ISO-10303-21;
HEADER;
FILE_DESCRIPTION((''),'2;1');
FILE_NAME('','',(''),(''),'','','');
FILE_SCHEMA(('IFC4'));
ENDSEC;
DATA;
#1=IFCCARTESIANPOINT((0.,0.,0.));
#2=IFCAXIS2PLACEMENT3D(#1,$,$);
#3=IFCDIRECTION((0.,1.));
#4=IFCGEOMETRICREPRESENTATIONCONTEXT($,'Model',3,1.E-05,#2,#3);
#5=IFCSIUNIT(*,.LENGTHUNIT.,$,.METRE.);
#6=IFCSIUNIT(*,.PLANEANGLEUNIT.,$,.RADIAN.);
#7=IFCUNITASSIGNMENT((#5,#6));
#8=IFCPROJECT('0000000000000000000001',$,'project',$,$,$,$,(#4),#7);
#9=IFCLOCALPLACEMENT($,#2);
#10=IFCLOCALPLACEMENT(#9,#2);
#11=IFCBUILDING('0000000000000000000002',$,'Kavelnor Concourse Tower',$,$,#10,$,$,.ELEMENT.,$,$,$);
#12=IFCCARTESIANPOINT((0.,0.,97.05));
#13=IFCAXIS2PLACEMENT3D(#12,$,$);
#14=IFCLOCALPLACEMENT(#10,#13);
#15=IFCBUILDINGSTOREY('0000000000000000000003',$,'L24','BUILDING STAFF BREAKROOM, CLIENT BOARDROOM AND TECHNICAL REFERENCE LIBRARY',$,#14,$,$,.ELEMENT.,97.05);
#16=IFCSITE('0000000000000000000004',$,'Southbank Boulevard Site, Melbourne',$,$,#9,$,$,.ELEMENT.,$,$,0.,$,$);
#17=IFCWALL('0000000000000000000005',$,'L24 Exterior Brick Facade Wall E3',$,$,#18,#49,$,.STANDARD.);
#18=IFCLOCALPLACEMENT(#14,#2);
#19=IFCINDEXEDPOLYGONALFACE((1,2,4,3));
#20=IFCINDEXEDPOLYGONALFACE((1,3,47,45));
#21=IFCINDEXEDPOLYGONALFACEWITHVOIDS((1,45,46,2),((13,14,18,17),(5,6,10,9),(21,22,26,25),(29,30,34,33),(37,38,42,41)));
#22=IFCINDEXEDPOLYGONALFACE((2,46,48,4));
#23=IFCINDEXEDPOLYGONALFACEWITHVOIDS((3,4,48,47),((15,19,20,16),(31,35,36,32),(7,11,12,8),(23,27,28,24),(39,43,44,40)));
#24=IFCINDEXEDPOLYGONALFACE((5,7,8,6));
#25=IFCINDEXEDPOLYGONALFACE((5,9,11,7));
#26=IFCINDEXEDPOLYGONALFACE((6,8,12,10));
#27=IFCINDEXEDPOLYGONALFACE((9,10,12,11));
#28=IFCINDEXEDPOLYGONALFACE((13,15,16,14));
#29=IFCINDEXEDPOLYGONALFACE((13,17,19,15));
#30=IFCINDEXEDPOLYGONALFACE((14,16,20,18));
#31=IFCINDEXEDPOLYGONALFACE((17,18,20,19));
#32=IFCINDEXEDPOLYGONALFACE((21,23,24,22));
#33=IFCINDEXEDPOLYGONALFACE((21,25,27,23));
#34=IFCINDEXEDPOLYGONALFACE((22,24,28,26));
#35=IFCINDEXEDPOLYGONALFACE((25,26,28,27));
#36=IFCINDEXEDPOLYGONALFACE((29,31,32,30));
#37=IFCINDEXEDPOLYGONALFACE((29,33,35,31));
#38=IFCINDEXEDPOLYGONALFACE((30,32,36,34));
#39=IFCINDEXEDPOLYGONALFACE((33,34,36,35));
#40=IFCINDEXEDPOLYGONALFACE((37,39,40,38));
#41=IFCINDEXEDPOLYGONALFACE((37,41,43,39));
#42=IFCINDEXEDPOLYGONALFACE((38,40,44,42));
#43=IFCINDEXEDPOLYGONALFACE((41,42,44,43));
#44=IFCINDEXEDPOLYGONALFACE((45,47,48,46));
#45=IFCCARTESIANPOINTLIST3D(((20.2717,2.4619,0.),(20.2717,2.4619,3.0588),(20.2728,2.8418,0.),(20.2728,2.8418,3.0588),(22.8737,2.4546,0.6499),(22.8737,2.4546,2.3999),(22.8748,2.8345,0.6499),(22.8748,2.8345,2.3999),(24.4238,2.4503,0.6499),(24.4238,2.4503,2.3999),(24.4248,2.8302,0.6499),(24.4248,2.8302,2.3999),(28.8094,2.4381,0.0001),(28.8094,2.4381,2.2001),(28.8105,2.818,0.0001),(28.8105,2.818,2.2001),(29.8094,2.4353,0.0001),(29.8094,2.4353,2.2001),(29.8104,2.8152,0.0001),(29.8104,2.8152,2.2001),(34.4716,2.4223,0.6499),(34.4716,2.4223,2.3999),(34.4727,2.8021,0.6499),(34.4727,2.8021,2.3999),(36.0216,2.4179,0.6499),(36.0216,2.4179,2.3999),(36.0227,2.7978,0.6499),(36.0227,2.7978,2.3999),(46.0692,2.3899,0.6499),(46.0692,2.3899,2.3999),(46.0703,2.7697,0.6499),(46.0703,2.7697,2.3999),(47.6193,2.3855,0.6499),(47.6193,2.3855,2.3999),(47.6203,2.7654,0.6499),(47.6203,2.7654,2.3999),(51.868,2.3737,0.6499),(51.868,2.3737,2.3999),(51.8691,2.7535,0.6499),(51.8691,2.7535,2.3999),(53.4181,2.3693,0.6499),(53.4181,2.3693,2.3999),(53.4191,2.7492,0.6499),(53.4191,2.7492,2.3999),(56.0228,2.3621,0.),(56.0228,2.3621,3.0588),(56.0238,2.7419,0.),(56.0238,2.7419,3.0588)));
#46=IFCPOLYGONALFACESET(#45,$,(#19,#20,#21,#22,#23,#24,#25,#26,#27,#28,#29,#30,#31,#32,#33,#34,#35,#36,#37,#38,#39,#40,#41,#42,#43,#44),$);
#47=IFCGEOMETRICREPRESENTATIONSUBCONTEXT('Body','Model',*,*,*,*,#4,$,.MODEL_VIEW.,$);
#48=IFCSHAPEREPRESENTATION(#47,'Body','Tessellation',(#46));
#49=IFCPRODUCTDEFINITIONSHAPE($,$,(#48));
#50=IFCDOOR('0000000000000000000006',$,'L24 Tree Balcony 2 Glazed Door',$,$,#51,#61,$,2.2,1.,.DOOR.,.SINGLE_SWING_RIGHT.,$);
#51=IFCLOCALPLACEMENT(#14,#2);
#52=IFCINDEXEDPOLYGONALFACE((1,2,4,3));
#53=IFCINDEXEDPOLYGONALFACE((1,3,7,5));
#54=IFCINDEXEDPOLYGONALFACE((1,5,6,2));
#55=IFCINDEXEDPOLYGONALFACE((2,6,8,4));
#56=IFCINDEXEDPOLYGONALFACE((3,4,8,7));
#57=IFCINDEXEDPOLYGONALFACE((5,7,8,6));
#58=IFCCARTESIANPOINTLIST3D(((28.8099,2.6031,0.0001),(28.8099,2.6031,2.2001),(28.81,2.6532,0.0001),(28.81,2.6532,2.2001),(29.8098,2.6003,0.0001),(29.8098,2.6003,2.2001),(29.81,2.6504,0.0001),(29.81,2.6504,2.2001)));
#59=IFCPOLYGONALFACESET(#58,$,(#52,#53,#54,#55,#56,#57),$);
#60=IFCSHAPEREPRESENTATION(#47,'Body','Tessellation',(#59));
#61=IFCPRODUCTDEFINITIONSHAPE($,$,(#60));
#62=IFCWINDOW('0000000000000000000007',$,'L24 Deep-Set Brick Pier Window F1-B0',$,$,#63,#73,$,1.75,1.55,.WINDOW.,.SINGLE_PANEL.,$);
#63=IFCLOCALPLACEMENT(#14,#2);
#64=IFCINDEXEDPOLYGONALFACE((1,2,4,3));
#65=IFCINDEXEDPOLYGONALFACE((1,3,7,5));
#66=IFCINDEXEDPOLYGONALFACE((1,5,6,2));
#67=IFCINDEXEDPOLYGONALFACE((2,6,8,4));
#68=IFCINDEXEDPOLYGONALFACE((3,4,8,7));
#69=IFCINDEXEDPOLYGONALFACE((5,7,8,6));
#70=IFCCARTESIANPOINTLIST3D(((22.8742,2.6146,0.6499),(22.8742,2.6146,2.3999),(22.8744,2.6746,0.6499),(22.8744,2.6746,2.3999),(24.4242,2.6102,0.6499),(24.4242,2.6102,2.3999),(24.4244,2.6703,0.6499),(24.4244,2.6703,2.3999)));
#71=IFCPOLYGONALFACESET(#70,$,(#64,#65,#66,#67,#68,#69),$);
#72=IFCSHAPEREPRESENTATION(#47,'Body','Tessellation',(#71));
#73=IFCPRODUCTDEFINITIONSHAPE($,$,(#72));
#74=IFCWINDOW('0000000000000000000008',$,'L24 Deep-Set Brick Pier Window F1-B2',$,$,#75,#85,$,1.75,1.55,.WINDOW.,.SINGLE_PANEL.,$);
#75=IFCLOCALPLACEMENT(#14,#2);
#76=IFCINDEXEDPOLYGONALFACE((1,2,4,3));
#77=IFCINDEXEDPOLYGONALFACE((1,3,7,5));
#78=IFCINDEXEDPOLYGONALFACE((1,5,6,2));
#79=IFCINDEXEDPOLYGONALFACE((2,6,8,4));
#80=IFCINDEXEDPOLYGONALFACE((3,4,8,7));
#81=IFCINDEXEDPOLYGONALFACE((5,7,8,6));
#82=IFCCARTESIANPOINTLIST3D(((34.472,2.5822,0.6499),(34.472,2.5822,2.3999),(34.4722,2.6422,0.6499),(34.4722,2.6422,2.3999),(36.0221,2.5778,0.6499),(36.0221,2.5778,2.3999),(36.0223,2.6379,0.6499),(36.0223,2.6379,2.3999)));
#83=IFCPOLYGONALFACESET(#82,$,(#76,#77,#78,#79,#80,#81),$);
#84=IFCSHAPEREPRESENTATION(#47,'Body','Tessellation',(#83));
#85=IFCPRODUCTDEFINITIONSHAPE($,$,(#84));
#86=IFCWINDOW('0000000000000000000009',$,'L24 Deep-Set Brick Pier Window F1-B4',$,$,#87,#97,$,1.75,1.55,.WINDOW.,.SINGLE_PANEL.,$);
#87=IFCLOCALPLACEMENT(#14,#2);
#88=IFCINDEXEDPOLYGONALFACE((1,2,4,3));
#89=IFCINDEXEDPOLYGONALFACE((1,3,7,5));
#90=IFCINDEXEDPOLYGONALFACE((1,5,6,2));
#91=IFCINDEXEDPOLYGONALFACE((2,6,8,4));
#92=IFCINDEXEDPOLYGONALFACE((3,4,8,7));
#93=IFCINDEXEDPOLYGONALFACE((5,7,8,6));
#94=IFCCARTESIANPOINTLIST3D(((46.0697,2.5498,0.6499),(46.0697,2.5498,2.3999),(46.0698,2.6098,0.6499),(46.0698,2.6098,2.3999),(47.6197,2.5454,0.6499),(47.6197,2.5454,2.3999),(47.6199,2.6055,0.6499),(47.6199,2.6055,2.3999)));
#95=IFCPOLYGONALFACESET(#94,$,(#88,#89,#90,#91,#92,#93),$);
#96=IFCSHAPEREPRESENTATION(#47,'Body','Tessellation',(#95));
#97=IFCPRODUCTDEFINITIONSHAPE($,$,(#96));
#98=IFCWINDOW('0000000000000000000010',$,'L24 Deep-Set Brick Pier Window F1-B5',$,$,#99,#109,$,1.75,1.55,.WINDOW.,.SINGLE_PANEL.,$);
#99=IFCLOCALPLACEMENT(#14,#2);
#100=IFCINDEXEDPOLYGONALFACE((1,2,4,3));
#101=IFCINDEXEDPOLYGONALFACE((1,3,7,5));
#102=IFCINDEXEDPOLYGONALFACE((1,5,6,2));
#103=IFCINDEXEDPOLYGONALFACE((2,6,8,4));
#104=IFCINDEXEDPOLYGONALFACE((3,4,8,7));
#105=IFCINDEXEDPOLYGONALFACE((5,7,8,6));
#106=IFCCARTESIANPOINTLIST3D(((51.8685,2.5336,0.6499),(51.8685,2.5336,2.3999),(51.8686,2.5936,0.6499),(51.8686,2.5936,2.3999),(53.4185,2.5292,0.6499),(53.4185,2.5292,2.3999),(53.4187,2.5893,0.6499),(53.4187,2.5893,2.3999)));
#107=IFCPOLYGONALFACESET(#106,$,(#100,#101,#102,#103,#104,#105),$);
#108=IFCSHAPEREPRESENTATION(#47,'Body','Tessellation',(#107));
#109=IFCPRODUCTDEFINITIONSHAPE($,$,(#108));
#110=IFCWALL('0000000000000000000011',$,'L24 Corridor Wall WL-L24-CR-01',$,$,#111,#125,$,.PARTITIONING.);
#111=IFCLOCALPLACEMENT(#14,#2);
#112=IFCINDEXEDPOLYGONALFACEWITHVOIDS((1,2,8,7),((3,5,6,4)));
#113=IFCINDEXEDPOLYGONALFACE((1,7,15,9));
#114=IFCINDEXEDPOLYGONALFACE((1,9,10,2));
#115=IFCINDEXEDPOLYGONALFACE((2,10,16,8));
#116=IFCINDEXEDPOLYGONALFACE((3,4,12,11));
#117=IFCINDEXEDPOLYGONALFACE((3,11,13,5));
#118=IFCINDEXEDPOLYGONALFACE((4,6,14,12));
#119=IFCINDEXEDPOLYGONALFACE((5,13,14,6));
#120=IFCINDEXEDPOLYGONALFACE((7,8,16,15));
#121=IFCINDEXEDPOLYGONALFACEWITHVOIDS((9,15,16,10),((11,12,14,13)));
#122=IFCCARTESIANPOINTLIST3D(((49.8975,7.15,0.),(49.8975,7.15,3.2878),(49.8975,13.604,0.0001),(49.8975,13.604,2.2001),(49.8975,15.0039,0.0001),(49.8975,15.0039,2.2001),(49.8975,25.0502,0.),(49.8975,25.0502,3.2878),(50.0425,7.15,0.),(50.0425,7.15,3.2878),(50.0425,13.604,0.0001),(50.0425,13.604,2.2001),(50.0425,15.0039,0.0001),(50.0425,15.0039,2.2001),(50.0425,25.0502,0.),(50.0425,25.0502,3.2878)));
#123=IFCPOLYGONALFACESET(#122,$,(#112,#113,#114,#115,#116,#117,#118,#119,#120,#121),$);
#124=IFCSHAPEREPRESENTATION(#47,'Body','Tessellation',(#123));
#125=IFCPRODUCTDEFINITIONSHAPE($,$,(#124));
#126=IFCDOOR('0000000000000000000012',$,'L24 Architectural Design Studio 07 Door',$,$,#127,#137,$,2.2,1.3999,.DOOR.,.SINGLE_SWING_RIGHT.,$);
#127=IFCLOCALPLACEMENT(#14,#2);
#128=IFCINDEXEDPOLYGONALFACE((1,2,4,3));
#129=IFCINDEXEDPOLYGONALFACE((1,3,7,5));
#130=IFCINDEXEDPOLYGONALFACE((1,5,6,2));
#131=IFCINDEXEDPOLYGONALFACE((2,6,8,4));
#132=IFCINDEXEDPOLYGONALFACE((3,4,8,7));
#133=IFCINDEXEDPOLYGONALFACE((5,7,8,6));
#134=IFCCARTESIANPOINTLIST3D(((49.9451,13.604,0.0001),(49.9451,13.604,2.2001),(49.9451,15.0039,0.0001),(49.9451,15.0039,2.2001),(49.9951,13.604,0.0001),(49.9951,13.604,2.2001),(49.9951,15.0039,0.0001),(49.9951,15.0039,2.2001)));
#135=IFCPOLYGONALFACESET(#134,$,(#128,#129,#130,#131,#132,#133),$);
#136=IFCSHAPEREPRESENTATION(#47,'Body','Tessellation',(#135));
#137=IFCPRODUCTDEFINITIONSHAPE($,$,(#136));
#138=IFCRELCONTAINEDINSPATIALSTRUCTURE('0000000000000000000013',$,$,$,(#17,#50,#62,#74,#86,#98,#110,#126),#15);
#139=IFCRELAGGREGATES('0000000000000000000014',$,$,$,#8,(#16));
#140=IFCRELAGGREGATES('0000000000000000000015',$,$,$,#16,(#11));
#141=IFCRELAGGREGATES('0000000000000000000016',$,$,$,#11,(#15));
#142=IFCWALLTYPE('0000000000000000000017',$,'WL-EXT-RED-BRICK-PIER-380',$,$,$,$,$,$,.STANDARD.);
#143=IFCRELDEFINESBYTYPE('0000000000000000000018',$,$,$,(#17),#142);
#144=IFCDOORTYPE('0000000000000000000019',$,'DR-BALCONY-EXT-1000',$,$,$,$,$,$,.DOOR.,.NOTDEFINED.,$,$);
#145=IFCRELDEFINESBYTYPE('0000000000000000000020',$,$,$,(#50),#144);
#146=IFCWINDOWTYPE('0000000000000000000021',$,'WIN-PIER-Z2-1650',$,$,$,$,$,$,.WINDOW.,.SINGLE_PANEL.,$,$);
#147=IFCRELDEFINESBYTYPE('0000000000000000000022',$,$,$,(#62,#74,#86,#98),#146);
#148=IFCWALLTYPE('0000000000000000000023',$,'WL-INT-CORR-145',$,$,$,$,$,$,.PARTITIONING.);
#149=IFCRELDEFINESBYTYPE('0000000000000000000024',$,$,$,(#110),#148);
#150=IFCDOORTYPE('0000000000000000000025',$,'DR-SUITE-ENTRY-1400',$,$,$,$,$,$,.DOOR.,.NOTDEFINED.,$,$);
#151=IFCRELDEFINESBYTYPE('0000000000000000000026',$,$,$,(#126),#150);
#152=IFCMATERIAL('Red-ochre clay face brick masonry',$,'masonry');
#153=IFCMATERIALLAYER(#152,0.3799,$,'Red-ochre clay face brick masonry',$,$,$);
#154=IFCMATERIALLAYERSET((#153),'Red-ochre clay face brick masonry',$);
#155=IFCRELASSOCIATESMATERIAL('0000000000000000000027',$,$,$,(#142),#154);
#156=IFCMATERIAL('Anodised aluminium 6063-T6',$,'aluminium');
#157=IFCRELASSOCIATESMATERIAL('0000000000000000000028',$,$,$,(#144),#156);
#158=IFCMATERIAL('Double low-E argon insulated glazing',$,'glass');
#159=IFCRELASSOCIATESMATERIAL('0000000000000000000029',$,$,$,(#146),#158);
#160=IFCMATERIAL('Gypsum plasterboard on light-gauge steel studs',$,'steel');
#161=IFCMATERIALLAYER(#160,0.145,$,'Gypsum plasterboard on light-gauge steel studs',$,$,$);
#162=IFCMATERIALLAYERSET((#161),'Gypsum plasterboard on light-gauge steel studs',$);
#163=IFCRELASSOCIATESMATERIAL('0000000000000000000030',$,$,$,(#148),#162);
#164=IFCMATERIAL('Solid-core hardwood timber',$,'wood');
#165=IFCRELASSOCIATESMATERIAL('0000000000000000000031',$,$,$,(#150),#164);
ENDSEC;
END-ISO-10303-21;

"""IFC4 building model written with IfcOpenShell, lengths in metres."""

from ifc_helpers import new_model, si_unit, direction, frame, frame_2d, origin, place, context, subcontext, project, spatial, rectangle, extrude, material, layer, layer_set, type_object, element, fill, save


model = new_model("IFC4")

# Units and contexts
model_context = context("Model", 3, precision=1e-05, world=origin(), true_north=direction((0.0, 1.0)))
body_context = subcontext(model_context, "Body", "Model", "MODEL_VIEW")
ifc_project = project(units=[si_unit("LENGTHUNIT", "METRE"), si_unit("PLANEANGLEUNIT", "RADIAN")], contexts=[model_context])

# Site, building, storey
site_placement = place(None, origin())
site = spatial("IfcSite", under=ifc_project, at=site_placement, Name="Southbank Boulevard Site, Melbourne", CompositionType="ELEMENT", RefElevation=0.0)
building_placement = place(site_placement, origin())
building = spatial("IfcBuilding", under=site, at=building_placement, Name="Kavelnor Concourse Tower", CompositionType="ELEMENT")
storey_placement = place(building_placement, frame((0.0, 0.0, 97.05)))
storey = spatial("IfcBuildingStorey", under=building, at=storey_placement, Name="L24", Description="BUILDING STAFF BREAKROOM, CLIENT BOARDROOM AND TECHNICAL REFERENCE LIBRARY", CompositionType="ELEMENT", Elevation=97.05)

# Shared definitions
ifc_material_1 = material(Name="Double low-E argon insulated glazing", Category="glass")

# Wall, openings, door, windows
ifc_material_2 = material(Name="Red-ochre clay face brick masonry", Category="masonry")
ifc_layer_1 = layer(ifc_material_2, 0.3799, Name="Red-ochre clay face brick masonry")
ifc_layer_set_1 = layer_set([ifc_layer_1], Name="Red-ochre clay face brick masonry")
wall_type_1 = type_object("IfcWallType", Name="WL-EXT-RED-BRICK-PIER-380", PredefinedType="STANDARD", material=ifc_layer_set_1)
wall_1_placement = place(storey_placement, frame((56.0232, 2.552, 0.0), z_axis=(0.0, 0.0, 1.0), x_axis=(-0.999996, 0.002793, 0.0)))
wall_1 = element("IfcWall", 1, at=wall_1_placement, inside=storey, type_object=wall_type_1, Name="L24 Exterior Brick Facade Wall E3", PredefinedType="STANDARD", context=body_context, shape_type="SweptSolid", body=[
    extrude(rectangle(XDim=35.7512, YDim=0.3799, at=frame_2d((17.8755, 0.0))), origin(), (0.0, 0.0, 1.0), 3.0588),
])
opening_1_placement = place(wall_1_placement, frame((26.2134, 0.0, 0.0)))
opening_1 = element("IfcOpeningElement", 2, at=opening_1_placement, cuts=wall_1, PredefinedType="OPENING", context=body_context, shape_type="SweptSolid", body=[
    extrude(rectangle(XDim=1.0, YDim=2.2, at=frame_2d((0.5, 1.1001))), frame((0.0, 0.2, 0.0), z_axis=(0.0, -1.0, 0.0), x_axis=(1.0, 0.0, 0.0)), (0.0, 0.0, 1.0), 0.3999),
])
opening_2_placement = place(wall_1_placement, frame((31.5991, 0.0, 0.6499)))
opening_2 = element("IfcOpeningElement", 3, at=opening_2_placement, cuts=wall_1, PredefinedType="OPENING", context=body_context, shape_type="SweptSolid", body=[
    extrude(rectangle(XDim=1.55, YDim=1.75, at=frame_2d((0.7749, 0.875))), frame((0.0, 0.2, 0.0), z_axis=(0.0, -1.0, 0.0), x_axis=(1.0, 0.0, 0.0)), (0.0, 0.0, 1.0), 0.3999),
])
opening_3_placement = place(wall_1_placement, frame((20.0012, 0.0, 0.6499)))
opening_3 = element("IfcOpeningElement", 4, at=opening_3_placement, cuts=wall_1, PredefinedType="OPENING", context=body_context, shape_type="SweptSolid", body=[
    extrude(rectangle(XDim=1.55, YDim=1.75, at=frame_2d((0.7749, 0.875))), frame((0.0, 0.2, 0.0), z_axis=(0.0, -1.0, 0.0), x_axis=(1.0, 0.0, 0.0)), (0.0, 0.0, 1.0), 0.3999),
])
opening_4_placement = place(wall_1_placement, frame((8.4036, 0.0, 0.6499)))
opening_4 = element("IfcOpeningElement", 5, at=opening_4_placement, cuts=wall_1, PredefinedType="OPENING", context=body_context, shape_type="SweptSolid", body=[
    extrude(rectangle(XDim=1.55, YDim=1.75, at=frame_2d((0.7749, 0.875))), frame((0.0, 0.2, 0.0), z_axis=(0.0, -1.0, 0.0), x_axis=(1.0, 0.0, 0.0)), (0.0, 0.0, 1.0), 0.3999),
])
opening_5_placement = place(wall_1_placement, frame((2.6047, 0.0, 0.6499)))
opening_5 = element("IfcOpeningElement", 6, at=opening_5_placement, cuts=wall_1, PredefinedType="OPENING", context=body_context, shape_type="SweptSolid", body=[
    extrude(rectangle(XDim=1.55, YDim=1.75, at=frame_2d((0.7749, 0.875))), frame((0.0, 0.2, 0.0), z_axis=(0.0, -1.0, 0.0), x_axis=(1.0, 0.0, 0.0)), (0.0, 0.0, 1.0), 0.3999),
])
ifc_material_3 = material(Name="Anodised aluminium 6063-T6", Category="aluminium")
door_type_1 = type_object("IfcDoorType", Name="DR-BALCONY-EXT-1000", OperationType="NOTDEFINED", PredefinedType="DOOR", material=ifc_material_3)
door_1_placement = place(opening_1_placement, origin())
door_1 = element("IfcDoor", 7, at=door_1_placement, inside=storey, type_object=door_type_1, Name="L24 Tree Balcony 2 Glazed Door", OperationType="SINGLE_SWING_RIGHT", OverallHeight=2.2, OverallWidth=1.0, PredefinedType="DOOR", context=body_context, shape_type="SweptSolid", body=[
    extrude(rectangle(XDim=1.0, YDim=2.2, at=frame_2d((0.5, 1.1001))), frame((0.0, 0.0249, 0.0), z_axis=(0.0, -1.0, 0.0), x_axis=(1.0, 0.0, 0.0)), (0.0, 0.0, 1.0), 0.05),
])
fill(opening_1, door_1)
window_type_1 = type_object("IfcWindowType", Name="WIN-PIER-Z2-1650", PartitioningType="SINGLE_PANEL", PredefinedType="WINDOW", material=ifc_material_1)
window_1_placement = place(opening_2_placement, origin())
window_1 = element("IfcWindow", 8, at=window_1_placement, inside=storey, type_object=window_type_1, Name="L24 Deep-Set Brick Pier Window F1-B0", OverallHeight=1.75, OverallWidth=1.55, PartitioningType="SINGLE_PANEL", PredefinedType="WINDOW", context=body_context, shape_type="SweptSolid", body=[
    extrude(rectangle(XDim=1.55, YDim=1.75, at=frame_2d((0.7749, 0.875))), frame((0.0, 0.03, 0.0), z_axis=(0.0, -1.0, 0.0), x_axis=(1.0, 0.0, 0.0)), (0.0, 0.0, 1.0), 0.0601),
])
fill(opening_2, window_1)
window_2_placement = place(opening_3_placement, origin())
window_2 = element("IfcWindow", 9, at=window_2_placement, inside=storey, type_object=window_type_1, Name="L24 Deep-Set Brick Pier Window F1-B2", OverallHeight=1.75, OverallWidth=1.55, PartitioningType="SINGLE_PANEL", PredefinedType="WINDOW", context=body_context, shape_type="SweptSolid", body=[
    extrude(rectangle(XDim=1.55, YDim=1.75, at=frame_2d((0.7749, 0.875))), frame((0.0, 0.03, 0.0), z_axis=(0.0, -1.0, 0.0), x_axis=(1.0, 0.0, 0.0)), (0.0, 0.0, 1.0), 0.0601),
])
fill(opening_3, window_2)
window_3_placement = place(opening_4_placement, origin())
window_3 = element("IfcWindow", 10, at=window_3_placement, inside=storey, type_object=window_type_1, Name="L24 Deep-Set Brick Pier Window F1-B4", OverallHeight=1.75, OverallWidth=1.55, PartitioningType="SINGLE_PANEL", PredefinedType="WINDOW", context=body_context, shape_type="SweptSolid", body=[
    extrude(rectangle(XDim=1.55, YDim=1.75, at=frame_2d((0.7749, 0.875))), frame((0.0, 0.03, 0.0), z_axis=(0.0, -1.0, 0.0), x_axis=(1.0, 0.0, 0.0)), (0.0, 0.0, 1.0), 0.0601),
])
fill(opening_4, window_3)
window_4_placement = place(opening_5_placement, origin())
window_4 = element("IfcWindow", 11, at=window_4_placement, inside=storey, type_object=window_type_1, Name="L24 Deep-Set Brick Pier Window F1-B5", OverallHeight=1.75, OverallWidth=1.55, PartitioningType="SINGLE_PANEL", PredefinedType="WINDOW", context=body_context, shape_type="SweptSolid", body=[
    extrude(rectangle(XDim=1.55, YDim=1.75, at=frame_2d((0.7749, 0.875))), frame((0.0, 0.03, 0.0), z_axis=(0.0, -1.0, 0.0), x_axis=(1.0, 0.0, 0.0)), (0.0, 0.0, 1.0), 0.0601),
])
fill(opening_5, window_4)

# Wall, opening, door
ifc_material_4 = material(Name="Gypsum plasterboard on light-gauge steel studs", Category="steel")
ifc_layer_2 = layer(ifc_material_4, 0.145, Name="Gypsum plasterboard on light-gauge steel studs")
ifc_layer_set_2 = layer_set([ifc_layer_2], Name="Gypsum plasterboard on light-gauge steel studs")
wall_type_2 = type_object("IfcWallType", Name="WL-INT-CORR-145", PredefinedType="PARTITIONING", material=ifc_layer_set_2)
wall_2_placement = place(storey_placement, frame((49.97, 7.1499, 0.0), z_axis=(0.0, 0.0, 1.0), x_axis=(0.0, 1.0, 0.0)))
wall_2 = element("IfcWall", 12, at=wall_2_placement, inside=storey, type_object=wall_type_2, Name="L24 Corridor Wall WL-L24-CR-01", PredefinedType="PARTITIONING", context=body_context, shape_type="SweptSolid", body=[
    extrude(rectangle(XDim=17.9001, YDim=0.145, at=frame_2d((8.9502, 0.0))), origin(), (0.0, 0.0, 1.0), 3.2878),
])
opening_6_placement = place(wall_2_placement, frame((6.4541, 0.0, 0.0)))
opening_6 = element("IfcOpeningElement", 13, at=opening_6_placement, cuts=wall_2, PredefinedType="OPENING", context=body_context, shape_type="SweptSolid", body=[
    extrude(rectangle(XDim=1.3999, YDim=2.2, at=frame_2d((0.7, 1.1001))), frame((0.0, 0.0825, 0.0), z_axis=(0.0, -1.0, 0.0), x_axis=(1.0, 0.0, 0.0)), (0.0, 0.0, 1.0), 0.165),
])
ifc_material_5 = material(Name="Solid-core hardwood timber", Category="wood")
door_type_2 = type_object("IfcDoorType", Name="DR-SUITE-ENTRY-1400", OperationType="NOTDEFINED", PredefinedType="DOOR", material=ifc_material_5)
door_2_placement = place(opening_6_placement, origin())
door_2 = element("IfcDoor", 14, at=door_2_placement, inside=storey, type_object=door_type_2, Name="L24 Architectural Design Studio 07 Door", OperationType="SINGLE_SWING_RIGHT", OverallHeight=2.2, OverallWidth=1.3999, PredefinedType="DOOR", context=body_context, shape_type="SweptSolid", body=[
    extrude(rectangle(XDim=1.3999, YDim=2.2, at=frame_2d((0.7, 1.1001))), frame((0.0, 0.0249, 0.0), z_axis=(0.0, -1.0, 0.0), x_axis=(1.0, 0.0, 0.0)), (0.0, 0.0, 1.0), 0.05),
])
fill(opening_6, door_2)

save(model, "model.ifc")
